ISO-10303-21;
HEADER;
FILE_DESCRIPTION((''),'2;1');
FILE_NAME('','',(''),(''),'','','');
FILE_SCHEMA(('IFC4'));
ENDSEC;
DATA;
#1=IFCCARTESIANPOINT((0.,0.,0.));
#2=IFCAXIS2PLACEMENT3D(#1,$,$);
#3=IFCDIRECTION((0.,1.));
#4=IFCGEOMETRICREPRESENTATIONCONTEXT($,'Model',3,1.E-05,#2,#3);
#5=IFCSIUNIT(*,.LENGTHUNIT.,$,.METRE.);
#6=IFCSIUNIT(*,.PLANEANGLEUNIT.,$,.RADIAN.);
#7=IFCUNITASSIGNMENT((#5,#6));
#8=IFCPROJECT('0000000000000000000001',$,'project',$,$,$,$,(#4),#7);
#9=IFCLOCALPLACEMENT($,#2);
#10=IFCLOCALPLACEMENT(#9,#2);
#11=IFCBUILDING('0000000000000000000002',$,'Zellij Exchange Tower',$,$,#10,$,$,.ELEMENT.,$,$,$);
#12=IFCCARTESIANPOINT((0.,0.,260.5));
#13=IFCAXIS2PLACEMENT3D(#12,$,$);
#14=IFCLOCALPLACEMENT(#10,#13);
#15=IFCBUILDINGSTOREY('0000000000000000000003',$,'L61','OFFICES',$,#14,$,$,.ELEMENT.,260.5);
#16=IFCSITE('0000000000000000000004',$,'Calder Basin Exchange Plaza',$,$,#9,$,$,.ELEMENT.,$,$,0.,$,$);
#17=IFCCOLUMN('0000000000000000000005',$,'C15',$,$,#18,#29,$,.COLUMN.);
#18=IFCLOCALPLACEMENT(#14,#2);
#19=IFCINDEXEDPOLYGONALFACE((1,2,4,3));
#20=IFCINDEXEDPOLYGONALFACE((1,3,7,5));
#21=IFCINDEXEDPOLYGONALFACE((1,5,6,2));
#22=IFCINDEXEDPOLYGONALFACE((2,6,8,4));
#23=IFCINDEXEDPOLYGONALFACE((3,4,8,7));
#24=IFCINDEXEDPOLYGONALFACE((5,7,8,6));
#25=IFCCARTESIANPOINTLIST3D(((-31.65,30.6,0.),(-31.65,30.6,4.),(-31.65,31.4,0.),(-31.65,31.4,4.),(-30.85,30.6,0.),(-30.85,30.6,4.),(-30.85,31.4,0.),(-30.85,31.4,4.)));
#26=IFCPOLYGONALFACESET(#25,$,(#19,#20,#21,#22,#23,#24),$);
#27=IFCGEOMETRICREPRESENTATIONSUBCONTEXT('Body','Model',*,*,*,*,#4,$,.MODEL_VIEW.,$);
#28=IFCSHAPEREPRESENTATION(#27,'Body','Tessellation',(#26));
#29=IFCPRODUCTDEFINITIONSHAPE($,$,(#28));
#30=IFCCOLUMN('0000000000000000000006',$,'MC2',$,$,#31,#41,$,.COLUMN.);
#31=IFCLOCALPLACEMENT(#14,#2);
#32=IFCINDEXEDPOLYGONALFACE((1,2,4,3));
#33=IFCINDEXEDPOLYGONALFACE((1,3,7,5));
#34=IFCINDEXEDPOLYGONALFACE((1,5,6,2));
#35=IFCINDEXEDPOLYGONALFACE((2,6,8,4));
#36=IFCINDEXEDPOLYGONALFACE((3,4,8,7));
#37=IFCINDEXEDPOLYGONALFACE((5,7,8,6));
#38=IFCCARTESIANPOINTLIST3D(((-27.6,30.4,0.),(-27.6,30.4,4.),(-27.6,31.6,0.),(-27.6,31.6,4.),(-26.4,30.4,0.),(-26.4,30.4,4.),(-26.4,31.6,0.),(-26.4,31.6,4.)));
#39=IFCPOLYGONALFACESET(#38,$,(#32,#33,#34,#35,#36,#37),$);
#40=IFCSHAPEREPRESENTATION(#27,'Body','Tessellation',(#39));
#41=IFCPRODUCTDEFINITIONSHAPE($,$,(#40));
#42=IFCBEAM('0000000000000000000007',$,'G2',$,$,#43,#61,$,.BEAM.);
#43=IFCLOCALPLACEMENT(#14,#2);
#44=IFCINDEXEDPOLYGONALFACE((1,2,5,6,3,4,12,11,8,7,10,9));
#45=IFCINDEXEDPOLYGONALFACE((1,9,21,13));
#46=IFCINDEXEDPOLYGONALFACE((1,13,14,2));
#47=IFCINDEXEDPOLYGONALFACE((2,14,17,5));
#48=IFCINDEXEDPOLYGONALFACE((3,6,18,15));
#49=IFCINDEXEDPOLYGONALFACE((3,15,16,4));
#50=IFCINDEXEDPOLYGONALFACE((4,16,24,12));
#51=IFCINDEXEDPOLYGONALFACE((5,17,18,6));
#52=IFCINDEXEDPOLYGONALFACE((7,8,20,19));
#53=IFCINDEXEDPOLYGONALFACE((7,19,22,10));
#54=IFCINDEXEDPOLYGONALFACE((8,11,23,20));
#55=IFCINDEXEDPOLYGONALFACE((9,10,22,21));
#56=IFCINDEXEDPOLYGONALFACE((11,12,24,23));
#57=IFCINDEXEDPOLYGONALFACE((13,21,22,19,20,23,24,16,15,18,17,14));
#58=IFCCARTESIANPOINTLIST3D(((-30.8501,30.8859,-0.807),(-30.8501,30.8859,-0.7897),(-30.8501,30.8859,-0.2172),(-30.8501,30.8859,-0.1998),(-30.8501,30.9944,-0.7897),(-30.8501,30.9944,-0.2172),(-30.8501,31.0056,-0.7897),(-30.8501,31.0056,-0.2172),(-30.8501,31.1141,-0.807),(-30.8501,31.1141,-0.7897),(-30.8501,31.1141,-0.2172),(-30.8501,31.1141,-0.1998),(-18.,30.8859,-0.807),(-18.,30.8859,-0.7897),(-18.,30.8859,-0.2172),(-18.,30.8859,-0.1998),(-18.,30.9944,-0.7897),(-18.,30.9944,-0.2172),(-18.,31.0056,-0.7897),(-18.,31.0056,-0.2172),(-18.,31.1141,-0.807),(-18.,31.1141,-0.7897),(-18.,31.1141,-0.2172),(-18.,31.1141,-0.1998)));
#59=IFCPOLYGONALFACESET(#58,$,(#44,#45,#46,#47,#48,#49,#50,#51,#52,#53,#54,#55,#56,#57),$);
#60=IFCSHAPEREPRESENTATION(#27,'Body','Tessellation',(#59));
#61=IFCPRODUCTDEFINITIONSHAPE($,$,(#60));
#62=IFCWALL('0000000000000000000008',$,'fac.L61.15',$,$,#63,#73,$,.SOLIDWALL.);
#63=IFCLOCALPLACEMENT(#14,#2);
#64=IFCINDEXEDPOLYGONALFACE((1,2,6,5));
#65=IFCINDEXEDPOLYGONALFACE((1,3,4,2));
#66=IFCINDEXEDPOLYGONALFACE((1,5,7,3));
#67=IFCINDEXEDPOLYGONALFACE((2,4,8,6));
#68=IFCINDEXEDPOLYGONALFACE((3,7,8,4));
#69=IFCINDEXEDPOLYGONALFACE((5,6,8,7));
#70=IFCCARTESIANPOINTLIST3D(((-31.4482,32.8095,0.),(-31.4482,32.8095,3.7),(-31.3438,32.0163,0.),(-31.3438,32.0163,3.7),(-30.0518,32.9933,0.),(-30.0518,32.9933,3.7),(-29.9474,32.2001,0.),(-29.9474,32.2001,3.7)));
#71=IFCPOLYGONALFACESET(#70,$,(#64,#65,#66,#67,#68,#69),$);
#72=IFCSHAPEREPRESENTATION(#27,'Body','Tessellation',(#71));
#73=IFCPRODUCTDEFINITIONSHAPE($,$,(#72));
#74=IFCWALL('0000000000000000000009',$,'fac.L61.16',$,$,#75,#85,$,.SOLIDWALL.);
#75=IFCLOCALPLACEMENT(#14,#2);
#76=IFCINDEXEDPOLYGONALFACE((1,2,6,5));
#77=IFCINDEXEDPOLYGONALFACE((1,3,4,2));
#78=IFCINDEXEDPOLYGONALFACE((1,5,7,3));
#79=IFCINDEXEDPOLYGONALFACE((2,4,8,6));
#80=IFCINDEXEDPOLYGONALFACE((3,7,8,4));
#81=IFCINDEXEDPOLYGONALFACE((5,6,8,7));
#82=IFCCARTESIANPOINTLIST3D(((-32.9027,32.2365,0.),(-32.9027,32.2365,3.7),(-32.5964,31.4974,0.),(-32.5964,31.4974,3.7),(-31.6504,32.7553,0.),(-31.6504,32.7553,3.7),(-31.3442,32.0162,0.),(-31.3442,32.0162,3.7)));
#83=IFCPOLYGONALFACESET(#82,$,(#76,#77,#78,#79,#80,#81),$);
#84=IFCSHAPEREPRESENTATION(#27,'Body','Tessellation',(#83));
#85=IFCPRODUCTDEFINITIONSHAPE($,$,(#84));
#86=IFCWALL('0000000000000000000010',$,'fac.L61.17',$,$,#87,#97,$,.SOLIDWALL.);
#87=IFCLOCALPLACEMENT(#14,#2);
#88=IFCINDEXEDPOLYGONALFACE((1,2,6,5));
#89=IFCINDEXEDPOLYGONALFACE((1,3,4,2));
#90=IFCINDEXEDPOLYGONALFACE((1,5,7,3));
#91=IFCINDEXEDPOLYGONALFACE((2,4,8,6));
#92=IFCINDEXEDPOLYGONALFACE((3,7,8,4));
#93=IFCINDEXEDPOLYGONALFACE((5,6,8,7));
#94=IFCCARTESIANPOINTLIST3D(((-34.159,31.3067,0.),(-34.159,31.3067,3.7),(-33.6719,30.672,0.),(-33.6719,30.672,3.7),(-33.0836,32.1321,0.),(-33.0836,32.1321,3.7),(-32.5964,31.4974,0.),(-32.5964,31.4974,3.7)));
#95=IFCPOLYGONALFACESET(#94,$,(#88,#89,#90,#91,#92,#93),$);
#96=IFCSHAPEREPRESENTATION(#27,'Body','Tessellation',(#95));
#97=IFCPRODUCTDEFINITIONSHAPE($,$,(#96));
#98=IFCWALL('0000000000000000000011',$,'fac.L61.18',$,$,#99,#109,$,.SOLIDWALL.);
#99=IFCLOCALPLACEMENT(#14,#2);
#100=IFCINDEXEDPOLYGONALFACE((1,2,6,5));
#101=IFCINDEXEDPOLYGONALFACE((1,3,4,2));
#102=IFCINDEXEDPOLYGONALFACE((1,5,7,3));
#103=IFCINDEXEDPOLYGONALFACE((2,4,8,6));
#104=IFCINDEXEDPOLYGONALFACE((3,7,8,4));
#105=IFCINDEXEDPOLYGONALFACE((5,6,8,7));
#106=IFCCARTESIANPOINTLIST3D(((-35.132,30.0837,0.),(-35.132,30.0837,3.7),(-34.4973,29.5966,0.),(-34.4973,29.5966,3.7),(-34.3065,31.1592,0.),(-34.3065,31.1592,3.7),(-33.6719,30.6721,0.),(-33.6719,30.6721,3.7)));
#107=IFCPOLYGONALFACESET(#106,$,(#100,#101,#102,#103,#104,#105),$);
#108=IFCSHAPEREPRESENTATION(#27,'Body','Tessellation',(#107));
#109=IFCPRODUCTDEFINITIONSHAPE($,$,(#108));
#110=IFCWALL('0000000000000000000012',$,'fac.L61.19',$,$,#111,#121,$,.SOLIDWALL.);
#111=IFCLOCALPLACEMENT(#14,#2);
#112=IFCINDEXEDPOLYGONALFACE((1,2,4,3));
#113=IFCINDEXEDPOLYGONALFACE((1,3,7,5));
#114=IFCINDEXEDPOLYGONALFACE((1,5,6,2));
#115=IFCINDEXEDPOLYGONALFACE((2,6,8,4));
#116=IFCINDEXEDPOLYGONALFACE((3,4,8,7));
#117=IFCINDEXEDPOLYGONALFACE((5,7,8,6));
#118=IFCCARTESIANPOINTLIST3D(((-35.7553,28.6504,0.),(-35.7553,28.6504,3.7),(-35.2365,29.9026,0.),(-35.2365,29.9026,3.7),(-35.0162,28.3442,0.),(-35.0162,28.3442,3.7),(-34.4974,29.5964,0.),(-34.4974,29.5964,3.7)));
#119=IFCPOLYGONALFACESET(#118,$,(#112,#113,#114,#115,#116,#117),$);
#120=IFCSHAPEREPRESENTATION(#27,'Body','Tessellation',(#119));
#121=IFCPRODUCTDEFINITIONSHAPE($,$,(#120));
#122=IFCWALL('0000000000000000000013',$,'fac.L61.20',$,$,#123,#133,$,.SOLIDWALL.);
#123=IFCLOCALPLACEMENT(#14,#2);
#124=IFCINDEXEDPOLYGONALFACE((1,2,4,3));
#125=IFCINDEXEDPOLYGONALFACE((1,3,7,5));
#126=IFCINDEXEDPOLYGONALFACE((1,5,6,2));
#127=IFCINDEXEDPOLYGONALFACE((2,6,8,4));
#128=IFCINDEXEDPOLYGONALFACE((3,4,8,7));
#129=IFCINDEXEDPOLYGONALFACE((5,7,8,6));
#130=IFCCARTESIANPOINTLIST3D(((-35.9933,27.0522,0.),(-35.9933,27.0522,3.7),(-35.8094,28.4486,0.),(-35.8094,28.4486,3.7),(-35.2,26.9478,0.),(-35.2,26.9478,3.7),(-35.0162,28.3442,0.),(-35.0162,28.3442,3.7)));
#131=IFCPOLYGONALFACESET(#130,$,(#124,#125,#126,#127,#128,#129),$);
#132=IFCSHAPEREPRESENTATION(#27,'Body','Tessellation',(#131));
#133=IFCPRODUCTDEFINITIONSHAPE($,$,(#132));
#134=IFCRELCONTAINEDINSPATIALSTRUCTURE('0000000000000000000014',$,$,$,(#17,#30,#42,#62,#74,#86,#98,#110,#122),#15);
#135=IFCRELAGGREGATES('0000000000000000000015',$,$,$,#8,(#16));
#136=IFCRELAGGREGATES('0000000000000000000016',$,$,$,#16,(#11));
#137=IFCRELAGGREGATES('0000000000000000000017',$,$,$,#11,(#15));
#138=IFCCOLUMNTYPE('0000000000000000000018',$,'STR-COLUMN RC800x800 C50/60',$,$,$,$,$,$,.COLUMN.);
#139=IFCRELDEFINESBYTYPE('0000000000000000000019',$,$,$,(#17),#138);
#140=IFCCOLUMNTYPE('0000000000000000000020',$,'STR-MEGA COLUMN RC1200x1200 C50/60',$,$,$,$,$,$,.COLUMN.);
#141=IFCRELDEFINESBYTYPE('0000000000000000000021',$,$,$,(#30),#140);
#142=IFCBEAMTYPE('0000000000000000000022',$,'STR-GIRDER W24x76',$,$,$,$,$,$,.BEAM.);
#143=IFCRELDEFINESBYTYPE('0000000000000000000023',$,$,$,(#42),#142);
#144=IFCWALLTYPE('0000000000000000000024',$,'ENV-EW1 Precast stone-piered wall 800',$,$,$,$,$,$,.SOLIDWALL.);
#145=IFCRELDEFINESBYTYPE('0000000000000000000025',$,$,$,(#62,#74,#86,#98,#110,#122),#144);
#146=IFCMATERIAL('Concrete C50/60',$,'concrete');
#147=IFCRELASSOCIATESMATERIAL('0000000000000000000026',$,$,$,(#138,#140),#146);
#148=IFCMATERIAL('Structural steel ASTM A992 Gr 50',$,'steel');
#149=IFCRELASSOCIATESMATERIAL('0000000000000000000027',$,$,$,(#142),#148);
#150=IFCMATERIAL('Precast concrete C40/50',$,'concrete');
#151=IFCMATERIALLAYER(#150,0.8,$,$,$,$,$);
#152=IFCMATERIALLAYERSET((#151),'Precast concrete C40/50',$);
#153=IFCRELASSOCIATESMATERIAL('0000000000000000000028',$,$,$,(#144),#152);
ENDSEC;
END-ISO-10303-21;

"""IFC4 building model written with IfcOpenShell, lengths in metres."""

from ifc_helpers import new_model, si_unit, direction, frame, frame_2d, origin, origin_2d, place, context, subcontext, project, spatial, rectangle, i_section, extrude, material, layer, layer_set, material_profile, profile_set, type_object, element, save


model = new_model("IFC4")

# Units and contexts
model_context = context("Model", 3, precision=1e-05, world=origin(), true_north=direction((0.0, 1.0)))
body_context = subcontext(model_context, "Body", "Model", "MODEL_VIEW")
ifc_project = project(units=[si_unit("LENGTHUNIT", "METRE"), si_unit("PLANEANGLEUNIT", "RADIAN")], contexts=[model_context])

# Site, building, storey
site_placement = place(None, origin())
site = spatial("IfcSite", under=ifc_project, at=site_placement, Name="Calder Basin Exchange Plaza", CompositionType="ELEMENT", RefElevation=0.0)
building_placement = place(site_placement, origin())
building = spatial("IfcBuilding", under=site, at=building_placement, Name="Zellij Exchange Tower", CompositionType="ELEMENT")
storey_placement = place(building_placement, frame((0.0, 0.0, 260.5)))
storey = spatial("IfcBuildingStorey", under=building, at=storey_placement, Name="L61", Description="OFFICES", CompositionType="ELEMENT", Elevation=260.5)

# Columns
ifc_material_1 = material(Name="Concrete C50/60", Category="concrete")
ifc_material_profile_1 = material_profile(ifc_material_1, rectangle(XDim=0.8, YDim=0.8, at=origin_2d()), Name="STR-COLUMN RC800x800 C50/60")
ifc_profile_set_1 = profile_set([ifc_material_profile_1], Name="Concrete C50/60")
column_type_1 = type_object("IfcColumnType", Name="STR-COLUMN RC800x800 C50/60", PredefinedType="COLUMN", material=ifc_profile_set_1)
column_1_placement = place(storey_placement, frame((-31.25, 31.0, 0.0), z_axis=(0.0, 0.0, 1.0), x_axis=(1.0, 0.0, 0.0)))
element("IfcColumn", 1, at=column_1_placement, inside=storey, type_object=column_type_1, Name="C15", PredefinedType="COLUMN", context=body_context, shape_type="SweptSolid", body=[
    extrude(rectangle(XDim=0.8, YDim=0.8, at=origin_2d()), origin(), (0.0, 0.0, 1.0), 4.0),
])
ifc_material_profile_2 = material_profile(ifc_material_1, rectangle(XDim=1.2, YDim=1.2, at=origin_2d()), Name="STR-MEGA COLUMN RC1200x1200 C50/60")
ifc_profile_set_2 = profile_set([ifc_material_profile_2], Name="Concrete C50/60")
column_type_2 = type_object("IfcColumnType", Name="STR-MEGA COLUMN RC1200x1200 C50/60", PredefinedType="COLUMN", material=ifc_profile_set_2)
column_2_placement = place(storey_placement, frame((-27.0, 31.0, 0.0), z_axis=(0.0, 0.0, 1.0), x_axis=(1.0, 0.0, 0.0)))
element("IfcColumn", 2, at=column_2_placement, inside=storey, type_object=column_type_2, Name="MC2", PredefinedType="COLUMN", context=body_context, shape_type="SweptSolid", body=[
    extrude(rectangle(XDim=1.2, YDim=1.2, at=origin_2d()), origin(), (0.0, 0.0, 1.0), 4.0),
])

# Beam
ifc_material_2 = material(Name="Structural steel ASTM A992 Gr 50", Category="steel")
ifc_material_profile_3 = material_profile(ifc_material_2, i_section(OverallWidth=0.2283, OverallDepth=0.6072, WebThickness=0.0112, FlangeThickness=0.0173, at=origin_2d()), Name="W24x76")
ifc_profile_set_3 = profile_set([ifc_material_profile_3], Name="Structural steel ASTM A992 Gr 50")
beam_type = type_object("IfcBeamType", Name="STR-GIRDER W24x76", PredefinedType="BEAM", material=ifc_profile_set_3)
beam_placement = place(storey_placement, frame((-30.8501, 31.0, -0.5034), z_axis=(1.0, 0.0, 0.0), x_axis=(0.0, 1.0, 0.0)))
element("IfcBeam", 3, at=beam_placement, inside=storey, type_object=beam_type, Name="G2", PredefinedType="BEAM", context=body_context, shape_type="SweptSolid", body=[
    extrude(i_section(OverallWidth=0.2283, OverallDepth=0.6072, WebThickness=0.0112, FlangeThickness=0.0173, at=origin_2d()), origin(), (0.0, 0.0, 1.0), 12.8501),
])

# Walls
ifc_material_3 = material(Name="Precast concrete C40/50", Category="concrete")
ifc_layer = layer(ifc_material_3, 0.8)
ifc_layer_set = layer_set([ifc_layer], Name="Precast concrete C40/50")
wall_type = type_object("IfcWallType", Name="ENV-EW1 Precast stone-piered wall 800", PredefinedType="SOLIDWALL", material=ifc_layer_set)
wall_1_placement = place(storey_placement, frame((-29.9998, 32.5967, 0.0), z_axis=(0.0, 0.0, 1.0), x_axis=(-0.991446, -0.130517, 0.0)))
element("IfcWall", 4, at=wall_1_placement, inside=storey, type_object=wall_type, Name="fac.L61.15", PredefinedType="SOLIDWALL", context=body_context, shape_type="SweptSolid", body=[
    extrude(rectangle(XDim=1.4084, YDim=0.8, at=frame_2d((0.7041, 0.0))), origin(), (0.0, 0.0, 1.0), 3.7),
])
wall_2_placement = place(storey_placement, frame((-31.4973, 32.3857, 0.0), z_axis=(0.0, 0.0, 1.0), x_axis=(-0.923848, -0.38276, 0.0)))
element("IfcWall", 5, at=wall_2_placement, inside=storey, type_object=wall_type, Name="fac.L61.16", PredefinedType="SOLIDWALL", context=body_context, shape_type="SweptSolid", body=[
    extrude(rectangle(XDim=1.3555, YDim=0.8, at=frame_2d((0.6777, 0.0))), origin(), (0.0, 0.0, 1.0), 3.7),
])
for number, where, z_axis, x_axis, name in (
    (6, (-32.8401, 31.8147, 0.0), (0.0, 0.0, 1.0), (-0.793273, -0.608866, 0.0), "fac.L61.17"),
    (7, (-33.9893, 30.9155, 0.0), (0.0, 0.0, 1.0), (-0.608866, -0.793273, 0.0), "fac.L61.18"),
):
    element("IfcWall", number, at=place(storey_placement, frame(where, z_axis=z_axis, x_axis=x_axis)), inside=storey, type_object=wall_type, Name=name, PredefinedType="SOLIDWALL", context=body_context, shape_type="SweptSolid", body=[
        extrude(rectangle(XDim=1.3557, YDim=0.8, at=frame_2d((0.6777, 0.0))), origin(), (0.0, 0.0, 1.0), 3.7),
    ])
wall_3_placement = place(storey_placement, frame((-34.8669, 29.7495, 0.0), z_axis=(0.0, 0.0, 1.0), x_axis=(-0.38276, -0.923848, 0.0)))
element("IfcWall", 8, at=wall_3_placement, inside=storey, type_object=wall_type, Name="fac.L61.19", PredefinedType="SOLIDWALL", context=body_context, shape_type="SweptSolid", body=[
    extrude(rectangle(XDim=1.3555, YDim=0.8, at=frame_2d((0.6777, 0.0))), origin(), (0.0, 0.0, 1.0), 3.7),
])
wall_4_placement = place(storey_placement, frame((-35.4128, 28.3962, 0.0), z_axis=(0.0, 0.0, 1.0), x_axis=(-0.130517, -0.991446, 0.0)))
element("IfcWall", 9, at=wall_4_placement, inside=storey, type_object=wall_type, Name="fac.L61.20", PredefinedType="SOLIDWALL", context=body_context, shape_type="SweptSolid", body=[
    extrude(rectangle(XDim=1.4084, YDim=0.8, at=frame_2d((0.7041, 0.0))), origin(), (0.0, 0.0, 1.0), 3.7),
])

save(model, "model.ifc")
